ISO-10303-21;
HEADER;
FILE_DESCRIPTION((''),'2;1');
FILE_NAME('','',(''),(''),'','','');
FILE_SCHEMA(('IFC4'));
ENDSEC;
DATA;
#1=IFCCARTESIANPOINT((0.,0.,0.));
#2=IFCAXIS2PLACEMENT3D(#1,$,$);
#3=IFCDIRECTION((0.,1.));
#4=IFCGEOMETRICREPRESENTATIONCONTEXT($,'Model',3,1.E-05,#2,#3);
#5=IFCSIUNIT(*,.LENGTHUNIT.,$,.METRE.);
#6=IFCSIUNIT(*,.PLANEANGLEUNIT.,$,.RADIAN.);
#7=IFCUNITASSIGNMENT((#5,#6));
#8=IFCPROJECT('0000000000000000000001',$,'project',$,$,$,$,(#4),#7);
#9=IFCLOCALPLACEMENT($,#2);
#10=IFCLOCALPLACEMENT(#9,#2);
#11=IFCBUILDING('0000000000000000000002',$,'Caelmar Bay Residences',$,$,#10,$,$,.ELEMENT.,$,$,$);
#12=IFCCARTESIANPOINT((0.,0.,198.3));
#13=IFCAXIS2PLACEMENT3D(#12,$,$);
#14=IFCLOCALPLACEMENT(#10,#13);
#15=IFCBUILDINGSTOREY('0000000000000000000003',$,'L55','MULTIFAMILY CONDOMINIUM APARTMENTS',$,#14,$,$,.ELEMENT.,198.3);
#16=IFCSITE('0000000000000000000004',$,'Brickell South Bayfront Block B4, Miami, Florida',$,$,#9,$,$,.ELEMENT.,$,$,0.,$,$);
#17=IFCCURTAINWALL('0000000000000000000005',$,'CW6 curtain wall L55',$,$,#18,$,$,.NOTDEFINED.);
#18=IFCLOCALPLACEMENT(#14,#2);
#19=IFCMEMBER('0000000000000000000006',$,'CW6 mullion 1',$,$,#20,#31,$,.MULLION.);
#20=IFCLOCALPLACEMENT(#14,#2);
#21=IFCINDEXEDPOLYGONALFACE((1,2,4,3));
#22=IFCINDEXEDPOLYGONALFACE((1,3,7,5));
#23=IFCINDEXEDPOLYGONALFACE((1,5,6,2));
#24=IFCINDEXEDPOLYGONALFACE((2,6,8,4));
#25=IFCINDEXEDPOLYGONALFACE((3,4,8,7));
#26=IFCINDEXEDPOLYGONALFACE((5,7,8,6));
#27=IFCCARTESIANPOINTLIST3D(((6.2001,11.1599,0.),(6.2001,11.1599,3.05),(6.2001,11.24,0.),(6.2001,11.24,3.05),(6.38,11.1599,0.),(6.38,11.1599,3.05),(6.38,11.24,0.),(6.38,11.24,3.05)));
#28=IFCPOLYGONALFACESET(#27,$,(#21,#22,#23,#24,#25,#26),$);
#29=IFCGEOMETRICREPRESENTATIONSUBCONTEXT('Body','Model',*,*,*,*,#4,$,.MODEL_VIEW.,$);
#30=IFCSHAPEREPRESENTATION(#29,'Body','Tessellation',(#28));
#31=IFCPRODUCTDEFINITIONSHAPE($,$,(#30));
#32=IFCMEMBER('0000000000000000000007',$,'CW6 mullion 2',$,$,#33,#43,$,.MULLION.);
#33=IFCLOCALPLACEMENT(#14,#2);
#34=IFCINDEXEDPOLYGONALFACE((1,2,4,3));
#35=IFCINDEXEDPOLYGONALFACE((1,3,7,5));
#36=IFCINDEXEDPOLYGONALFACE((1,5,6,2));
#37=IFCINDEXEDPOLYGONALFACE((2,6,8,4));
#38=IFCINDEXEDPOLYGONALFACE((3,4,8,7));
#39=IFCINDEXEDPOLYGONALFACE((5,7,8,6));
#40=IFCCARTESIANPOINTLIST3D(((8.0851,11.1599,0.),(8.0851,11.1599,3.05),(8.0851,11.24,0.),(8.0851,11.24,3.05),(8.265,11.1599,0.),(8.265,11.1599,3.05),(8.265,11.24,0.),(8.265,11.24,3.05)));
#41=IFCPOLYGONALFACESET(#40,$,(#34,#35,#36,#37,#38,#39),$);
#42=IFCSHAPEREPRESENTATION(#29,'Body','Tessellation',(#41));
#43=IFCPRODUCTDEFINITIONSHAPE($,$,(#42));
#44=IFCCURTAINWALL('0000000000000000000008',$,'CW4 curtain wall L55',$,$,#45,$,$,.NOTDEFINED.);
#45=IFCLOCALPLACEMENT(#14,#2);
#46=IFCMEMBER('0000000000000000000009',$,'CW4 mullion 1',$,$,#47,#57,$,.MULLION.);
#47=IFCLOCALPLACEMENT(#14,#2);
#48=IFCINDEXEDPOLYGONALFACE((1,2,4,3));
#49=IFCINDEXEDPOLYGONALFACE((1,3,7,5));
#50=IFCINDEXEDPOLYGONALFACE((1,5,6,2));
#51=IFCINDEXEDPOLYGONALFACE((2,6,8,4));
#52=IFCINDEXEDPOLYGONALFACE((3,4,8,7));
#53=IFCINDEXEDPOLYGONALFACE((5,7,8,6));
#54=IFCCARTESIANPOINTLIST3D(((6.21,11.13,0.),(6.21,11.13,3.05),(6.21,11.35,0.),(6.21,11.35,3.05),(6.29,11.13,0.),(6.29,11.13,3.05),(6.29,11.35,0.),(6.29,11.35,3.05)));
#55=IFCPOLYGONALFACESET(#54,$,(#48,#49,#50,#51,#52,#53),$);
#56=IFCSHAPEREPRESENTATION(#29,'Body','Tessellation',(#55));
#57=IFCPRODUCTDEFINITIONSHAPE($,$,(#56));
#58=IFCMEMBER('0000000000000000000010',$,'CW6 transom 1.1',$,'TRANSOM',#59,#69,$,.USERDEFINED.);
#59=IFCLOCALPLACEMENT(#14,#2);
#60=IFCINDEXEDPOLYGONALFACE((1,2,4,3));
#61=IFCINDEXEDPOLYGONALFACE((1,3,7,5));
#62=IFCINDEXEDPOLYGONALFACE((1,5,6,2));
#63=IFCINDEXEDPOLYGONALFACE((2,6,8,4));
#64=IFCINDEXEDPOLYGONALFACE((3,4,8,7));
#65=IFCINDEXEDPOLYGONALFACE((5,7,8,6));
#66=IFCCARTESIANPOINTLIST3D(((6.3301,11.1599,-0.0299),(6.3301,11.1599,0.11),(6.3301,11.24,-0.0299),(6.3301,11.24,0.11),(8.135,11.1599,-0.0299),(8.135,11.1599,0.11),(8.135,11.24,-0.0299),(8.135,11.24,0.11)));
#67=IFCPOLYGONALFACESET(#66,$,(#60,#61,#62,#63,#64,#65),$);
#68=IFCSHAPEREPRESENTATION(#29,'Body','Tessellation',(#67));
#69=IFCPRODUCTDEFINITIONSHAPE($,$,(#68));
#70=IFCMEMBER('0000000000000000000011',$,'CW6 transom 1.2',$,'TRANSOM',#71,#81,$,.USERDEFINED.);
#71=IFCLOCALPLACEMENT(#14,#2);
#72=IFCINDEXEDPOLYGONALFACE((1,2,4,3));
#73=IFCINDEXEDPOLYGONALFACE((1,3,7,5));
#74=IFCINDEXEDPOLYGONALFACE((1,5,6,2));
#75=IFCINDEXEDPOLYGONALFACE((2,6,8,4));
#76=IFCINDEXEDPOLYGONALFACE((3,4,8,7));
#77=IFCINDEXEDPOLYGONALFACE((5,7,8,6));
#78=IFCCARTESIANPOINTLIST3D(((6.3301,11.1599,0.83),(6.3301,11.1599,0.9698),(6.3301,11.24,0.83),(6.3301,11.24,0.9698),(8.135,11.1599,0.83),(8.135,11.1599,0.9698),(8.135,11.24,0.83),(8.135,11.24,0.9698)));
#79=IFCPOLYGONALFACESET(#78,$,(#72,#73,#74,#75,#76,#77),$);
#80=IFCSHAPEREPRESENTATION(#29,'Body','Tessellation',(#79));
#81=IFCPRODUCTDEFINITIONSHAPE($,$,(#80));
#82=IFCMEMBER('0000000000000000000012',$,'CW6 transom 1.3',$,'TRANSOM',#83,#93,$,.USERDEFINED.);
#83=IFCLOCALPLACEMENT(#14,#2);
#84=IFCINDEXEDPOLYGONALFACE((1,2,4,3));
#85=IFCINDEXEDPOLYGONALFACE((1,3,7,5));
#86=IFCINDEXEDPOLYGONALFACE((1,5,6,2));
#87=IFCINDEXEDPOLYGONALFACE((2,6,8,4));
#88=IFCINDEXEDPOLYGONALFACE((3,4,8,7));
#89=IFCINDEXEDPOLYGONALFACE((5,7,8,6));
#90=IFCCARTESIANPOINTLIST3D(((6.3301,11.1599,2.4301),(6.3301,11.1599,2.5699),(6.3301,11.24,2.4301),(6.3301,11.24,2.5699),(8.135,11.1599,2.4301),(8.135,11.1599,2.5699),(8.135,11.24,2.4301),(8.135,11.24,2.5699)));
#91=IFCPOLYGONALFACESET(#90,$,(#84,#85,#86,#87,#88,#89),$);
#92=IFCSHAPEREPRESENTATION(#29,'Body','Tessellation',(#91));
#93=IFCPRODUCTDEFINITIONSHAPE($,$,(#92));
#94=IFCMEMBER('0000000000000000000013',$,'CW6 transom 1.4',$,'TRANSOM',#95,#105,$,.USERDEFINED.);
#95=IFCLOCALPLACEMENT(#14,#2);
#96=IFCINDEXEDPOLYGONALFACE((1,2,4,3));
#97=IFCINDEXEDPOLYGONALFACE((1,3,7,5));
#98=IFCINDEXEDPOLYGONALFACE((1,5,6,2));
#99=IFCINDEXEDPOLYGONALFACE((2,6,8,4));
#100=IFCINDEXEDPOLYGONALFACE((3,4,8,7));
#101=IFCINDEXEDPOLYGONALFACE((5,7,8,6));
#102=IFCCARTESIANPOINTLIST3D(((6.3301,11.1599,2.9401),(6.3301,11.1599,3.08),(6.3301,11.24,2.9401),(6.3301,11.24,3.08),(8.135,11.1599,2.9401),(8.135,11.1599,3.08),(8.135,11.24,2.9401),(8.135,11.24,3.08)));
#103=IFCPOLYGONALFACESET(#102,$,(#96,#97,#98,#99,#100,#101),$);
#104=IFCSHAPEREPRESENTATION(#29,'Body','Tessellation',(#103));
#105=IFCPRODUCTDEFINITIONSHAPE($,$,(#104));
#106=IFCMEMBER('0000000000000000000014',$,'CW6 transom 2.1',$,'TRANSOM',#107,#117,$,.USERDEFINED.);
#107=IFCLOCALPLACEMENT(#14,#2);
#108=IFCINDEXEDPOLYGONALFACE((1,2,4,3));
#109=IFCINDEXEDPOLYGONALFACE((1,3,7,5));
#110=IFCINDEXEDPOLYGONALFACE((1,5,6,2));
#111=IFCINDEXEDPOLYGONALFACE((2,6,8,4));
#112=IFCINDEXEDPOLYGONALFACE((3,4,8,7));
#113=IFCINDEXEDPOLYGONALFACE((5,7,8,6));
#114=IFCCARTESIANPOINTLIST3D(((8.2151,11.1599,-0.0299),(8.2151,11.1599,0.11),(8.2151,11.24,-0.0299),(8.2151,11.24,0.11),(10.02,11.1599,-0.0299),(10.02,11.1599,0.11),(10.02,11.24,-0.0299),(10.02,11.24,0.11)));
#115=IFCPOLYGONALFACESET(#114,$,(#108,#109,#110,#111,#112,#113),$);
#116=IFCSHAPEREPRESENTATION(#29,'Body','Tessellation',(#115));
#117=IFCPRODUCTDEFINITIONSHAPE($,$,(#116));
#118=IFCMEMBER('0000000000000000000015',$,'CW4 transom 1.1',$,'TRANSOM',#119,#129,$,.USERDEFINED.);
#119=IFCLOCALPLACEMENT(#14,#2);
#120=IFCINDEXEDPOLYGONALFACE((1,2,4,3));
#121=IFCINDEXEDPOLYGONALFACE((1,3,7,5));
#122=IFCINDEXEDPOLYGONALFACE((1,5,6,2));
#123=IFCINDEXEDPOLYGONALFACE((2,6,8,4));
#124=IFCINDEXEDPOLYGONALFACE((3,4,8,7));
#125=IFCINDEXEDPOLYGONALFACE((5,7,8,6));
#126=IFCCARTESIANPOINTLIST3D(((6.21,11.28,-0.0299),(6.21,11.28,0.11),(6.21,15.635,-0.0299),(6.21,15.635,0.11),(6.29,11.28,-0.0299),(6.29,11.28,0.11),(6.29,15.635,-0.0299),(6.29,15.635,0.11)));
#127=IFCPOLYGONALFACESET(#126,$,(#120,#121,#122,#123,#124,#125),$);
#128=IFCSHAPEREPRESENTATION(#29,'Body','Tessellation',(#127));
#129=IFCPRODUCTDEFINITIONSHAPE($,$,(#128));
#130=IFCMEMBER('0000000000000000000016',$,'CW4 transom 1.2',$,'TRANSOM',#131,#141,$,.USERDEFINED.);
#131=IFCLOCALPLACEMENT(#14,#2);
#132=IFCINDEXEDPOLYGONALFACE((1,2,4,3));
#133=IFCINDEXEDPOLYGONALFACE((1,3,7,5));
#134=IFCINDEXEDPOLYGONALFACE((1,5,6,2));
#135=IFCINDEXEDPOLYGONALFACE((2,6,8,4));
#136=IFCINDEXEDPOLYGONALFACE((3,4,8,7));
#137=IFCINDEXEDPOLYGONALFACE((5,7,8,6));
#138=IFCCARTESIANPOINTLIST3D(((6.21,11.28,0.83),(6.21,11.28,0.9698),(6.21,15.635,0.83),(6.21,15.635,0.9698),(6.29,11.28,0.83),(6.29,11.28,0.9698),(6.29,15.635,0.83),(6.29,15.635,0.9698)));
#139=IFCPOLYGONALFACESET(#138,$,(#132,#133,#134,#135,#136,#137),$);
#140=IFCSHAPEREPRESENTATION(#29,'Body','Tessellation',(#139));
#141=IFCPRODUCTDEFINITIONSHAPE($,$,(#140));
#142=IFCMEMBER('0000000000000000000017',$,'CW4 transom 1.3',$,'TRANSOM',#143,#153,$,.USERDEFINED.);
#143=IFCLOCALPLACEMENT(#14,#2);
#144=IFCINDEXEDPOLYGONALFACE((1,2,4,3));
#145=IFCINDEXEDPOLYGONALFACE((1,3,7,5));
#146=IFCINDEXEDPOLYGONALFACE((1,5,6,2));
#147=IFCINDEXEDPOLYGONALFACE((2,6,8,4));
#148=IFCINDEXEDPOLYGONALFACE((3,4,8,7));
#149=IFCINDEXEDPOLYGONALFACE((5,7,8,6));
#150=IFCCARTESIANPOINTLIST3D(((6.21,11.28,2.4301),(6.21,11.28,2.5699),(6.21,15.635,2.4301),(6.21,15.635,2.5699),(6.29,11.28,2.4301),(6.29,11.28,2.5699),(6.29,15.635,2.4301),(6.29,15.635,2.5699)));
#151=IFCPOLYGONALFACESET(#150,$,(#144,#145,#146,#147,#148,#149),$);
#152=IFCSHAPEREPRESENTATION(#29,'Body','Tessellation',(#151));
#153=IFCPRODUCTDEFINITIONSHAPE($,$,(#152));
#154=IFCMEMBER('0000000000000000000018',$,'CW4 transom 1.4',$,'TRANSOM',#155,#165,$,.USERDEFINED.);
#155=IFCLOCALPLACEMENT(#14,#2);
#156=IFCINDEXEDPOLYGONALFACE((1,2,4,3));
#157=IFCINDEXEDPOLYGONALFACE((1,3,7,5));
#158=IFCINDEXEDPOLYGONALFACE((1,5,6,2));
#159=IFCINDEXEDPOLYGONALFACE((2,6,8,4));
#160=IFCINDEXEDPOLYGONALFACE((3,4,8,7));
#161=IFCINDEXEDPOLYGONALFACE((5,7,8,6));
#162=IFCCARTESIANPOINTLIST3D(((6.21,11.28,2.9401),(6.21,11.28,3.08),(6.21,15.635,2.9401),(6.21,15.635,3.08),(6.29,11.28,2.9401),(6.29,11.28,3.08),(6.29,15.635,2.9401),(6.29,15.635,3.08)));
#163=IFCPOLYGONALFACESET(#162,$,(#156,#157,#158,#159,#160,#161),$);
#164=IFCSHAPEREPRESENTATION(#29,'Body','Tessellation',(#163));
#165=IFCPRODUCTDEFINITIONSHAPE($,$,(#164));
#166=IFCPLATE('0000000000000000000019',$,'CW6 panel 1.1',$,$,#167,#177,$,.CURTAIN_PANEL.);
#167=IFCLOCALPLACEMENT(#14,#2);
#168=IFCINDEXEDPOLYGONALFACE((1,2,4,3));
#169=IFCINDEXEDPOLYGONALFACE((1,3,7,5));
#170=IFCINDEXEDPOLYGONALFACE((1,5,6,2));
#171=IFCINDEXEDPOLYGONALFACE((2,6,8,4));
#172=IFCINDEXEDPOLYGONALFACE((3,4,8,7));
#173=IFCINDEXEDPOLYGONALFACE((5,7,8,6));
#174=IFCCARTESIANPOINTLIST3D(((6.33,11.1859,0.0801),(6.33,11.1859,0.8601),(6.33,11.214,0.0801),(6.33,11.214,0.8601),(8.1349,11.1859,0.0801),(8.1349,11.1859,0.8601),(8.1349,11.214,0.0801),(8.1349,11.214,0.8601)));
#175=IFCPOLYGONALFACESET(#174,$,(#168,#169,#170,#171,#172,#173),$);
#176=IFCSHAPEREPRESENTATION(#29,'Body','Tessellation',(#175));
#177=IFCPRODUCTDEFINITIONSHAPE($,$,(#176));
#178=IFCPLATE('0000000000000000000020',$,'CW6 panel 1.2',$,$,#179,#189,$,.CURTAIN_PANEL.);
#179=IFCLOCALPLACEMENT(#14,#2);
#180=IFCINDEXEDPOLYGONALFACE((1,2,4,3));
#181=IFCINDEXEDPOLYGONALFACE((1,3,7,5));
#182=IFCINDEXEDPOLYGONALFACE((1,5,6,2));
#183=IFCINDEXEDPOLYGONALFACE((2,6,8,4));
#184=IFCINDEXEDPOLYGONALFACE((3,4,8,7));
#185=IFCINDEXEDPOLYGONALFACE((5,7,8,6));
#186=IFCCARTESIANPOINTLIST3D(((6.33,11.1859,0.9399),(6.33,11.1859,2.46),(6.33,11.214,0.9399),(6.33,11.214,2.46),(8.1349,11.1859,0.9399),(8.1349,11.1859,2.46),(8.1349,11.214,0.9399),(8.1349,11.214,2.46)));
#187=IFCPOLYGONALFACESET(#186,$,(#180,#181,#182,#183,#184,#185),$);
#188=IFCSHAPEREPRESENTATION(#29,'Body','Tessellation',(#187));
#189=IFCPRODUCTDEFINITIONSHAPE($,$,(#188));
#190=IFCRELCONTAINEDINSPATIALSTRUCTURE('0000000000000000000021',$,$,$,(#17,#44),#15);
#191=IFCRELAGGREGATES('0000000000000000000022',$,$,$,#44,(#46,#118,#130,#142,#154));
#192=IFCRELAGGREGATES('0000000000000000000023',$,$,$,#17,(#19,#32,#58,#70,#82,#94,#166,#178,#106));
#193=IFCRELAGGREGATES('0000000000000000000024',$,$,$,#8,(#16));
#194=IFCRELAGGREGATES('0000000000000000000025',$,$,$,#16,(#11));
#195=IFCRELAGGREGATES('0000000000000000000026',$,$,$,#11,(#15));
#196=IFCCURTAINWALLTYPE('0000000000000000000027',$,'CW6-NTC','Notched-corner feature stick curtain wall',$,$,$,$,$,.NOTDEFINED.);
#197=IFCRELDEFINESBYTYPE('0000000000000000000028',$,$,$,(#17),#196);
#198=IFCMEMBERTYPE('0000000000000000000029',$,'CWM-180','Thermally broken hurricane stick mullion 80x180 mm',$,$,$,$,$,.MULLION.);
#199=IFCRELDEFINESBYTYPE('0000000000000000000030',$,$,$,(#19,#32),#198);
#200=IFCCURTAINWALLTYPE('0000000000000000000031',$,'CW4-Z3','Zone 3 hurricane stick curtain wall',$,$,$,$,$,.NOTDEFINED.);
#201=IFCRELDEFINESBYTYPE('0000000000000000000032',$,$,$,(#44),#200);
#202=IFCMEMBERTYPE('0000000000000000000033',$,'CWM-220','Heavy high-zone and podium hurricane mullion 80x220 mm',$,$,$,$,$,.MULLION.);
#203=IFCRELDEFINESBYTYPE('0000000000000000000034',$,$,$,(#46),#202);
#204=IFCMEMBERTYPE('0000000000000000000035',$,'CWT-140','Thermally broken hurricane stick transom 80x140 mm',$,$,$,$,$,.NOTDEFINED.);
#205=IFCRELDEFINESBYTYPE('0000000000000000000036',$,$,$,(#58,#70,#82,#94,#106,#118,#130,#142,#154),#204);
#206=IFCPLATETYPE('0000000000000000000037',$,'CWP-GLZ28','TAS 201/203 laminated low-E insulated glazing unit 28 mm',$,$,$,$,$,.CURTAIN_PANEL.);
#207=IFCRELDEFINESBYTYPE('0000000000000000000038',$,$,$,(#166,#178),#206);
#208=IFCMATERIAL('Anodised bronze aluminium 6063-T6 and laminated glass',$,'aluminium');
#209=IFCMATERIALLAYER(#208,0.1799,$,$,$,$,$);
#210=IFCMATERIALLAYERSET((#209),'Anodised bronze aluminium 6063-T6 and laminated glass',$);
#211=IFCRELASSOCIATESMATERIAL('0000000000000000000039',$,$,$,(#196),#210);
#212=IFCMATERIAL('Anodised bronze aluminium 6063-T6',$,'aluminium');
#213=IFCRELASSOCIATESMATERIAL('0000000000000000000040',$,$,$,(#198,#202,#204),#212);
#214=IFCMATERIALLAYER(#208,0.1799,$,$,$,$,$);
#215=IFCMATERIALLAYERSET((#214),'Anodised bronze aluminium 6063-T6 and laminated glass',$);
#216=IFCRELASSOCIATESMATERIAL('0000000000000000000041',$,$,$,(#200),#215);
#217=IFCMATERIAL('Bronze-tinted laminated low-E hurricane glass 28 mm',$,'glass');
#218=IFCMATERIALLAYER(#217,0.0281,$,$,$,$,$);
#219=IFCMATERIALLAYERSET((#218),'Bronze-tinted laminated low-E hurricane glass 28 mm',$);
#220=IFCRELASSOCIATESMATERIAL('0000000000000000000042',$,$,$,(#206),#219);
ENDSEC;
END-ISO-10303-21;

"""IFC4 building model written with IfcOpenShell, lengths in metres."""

from ifc_helpers import new_model, si_unit, direction, frame, origin, origin_2d, place, context, subcontext, project, spatial, rectangle, extrude, material, layer, layer_set, material_profile, profile_set, type_object, element, aggregate, save


model = new_model("IFC4")

# Units and contexts
model_context = context("Model", 3, precision=1e-05, world=origin(), true_north=direction((0.0, 1.0)))
body_context = subcontext(model_context, "Body", "Model", "MODEL_VIEW")
ifc_project = project(units=[si_unit("LENGTHUNIT", "METRE"), si_unit("PLANEANGLEUNIT", "RADIAN")], contexts=[model_context])

# Site, building, storey
site_placement = place(None, origin())
site = spatial("IfcSite", under=ifc_project, at=site_placement, Name="Brickell South Bayfront Block B4, Miami, Florida", CompositionType="ELEMENT", RefElevation=0.0)
building_placement = place(site_placement, origin())
building = spatial("IfcBuilding", under=site, at=building_placement, Name="Caelmar Bay Residences", CompositionType="ELEMENT")
storey_placement = place(building_placement, frame((0.0, 0.0, 198.3)))
storey = spatial("IfcBuildingStorey", under=building, at=storey_placement, Name="L55", Description="MULTIFAMILY CONDOMINIUM APARTMENTS", CompositionType="ELEMENT", Elevation=198.3)

# Curtain wall, members
ifc_material_1 = material(Name="Anodised bronze aluminium 6063-T6 and laminated glass", Category="aluminium")
ifc_layer_1 = layer(ifc_material_1, 0.1799)
ifc_layer_set_1 = layer_set([ifc_layer_1], Name="Anodised bronze aluminium 6063-T6 and laminated glass")
curtain_wall_type_1 = type_object("IfcCurtainWallType", Name="CW6-NTC", Description="Notched-corner feature stick curtain wall", PredefinedType="NOTDEFINED", material=ifc_layer_set_1)
curtain_wall_1_placement = place(storey_placement, origin())
curtain_wall_1 = element("IfcCurtainWall", 1, at=curtain_wall_1_placement, inside=storey, type_object=curtain_wall_type_1, Name="CW6 curtain wall L55", PredefinedType="NOTDEFINED")
ifc_material_2 = material(Name="Anodised bronze aluminium 6063-T6", Category="aluminium")
ifc_material_profile_1 = material_profile(ifc_material_2, rectangle(XDim=0.0801, YDim=0.1799, at=origin_2d()), Name="CWM-80X180")
ifc_profile_set_1 = profile_set([ifc_material_profile_1], Name="Anodised bronze aluminium 6063-T6")
member_type_1 = type_object("IfcMemberType", Name="CWM-180", Description="Thermally broken hurricane stick mullion 80x180 mm", PredefinedType="MULLION", material=ifc_profile_set_1)
member_1_placement = place(storey_placement, frame((6.29, 11.2, 0.0), z_axis=(0.0, 0.0, 1.0), x_axis=(0.0, 1.0, 0.0)))
member_1 = element("IfcMember", 2, at=member_1_placement, type_object=member_type_1, Name="CW6 mullion 1", PredefinedType="MULLION", context=body_context, shape_type="SweptSolid", body=[
    extrude(rectangle(XDim=0.0801, YDim=0.1799, at=origin_2d()), origin(), (0.0, 0.0, 1.0), 3.05),
])
member_2_placement = place(storey_placement, frame((8.175, 11.2, 0.0), z_axis=(0.0, 0.0, 1.0), x_axis=(0.0, 1.0, 0.0)))
member_2 = element("IfcMember", 3, at=member_2_placement, type_object=member_type_1, Name="CW6 mullion 2", PredefinedType="MULLION", context=body_context, shape_type="SweptSolid", body=[
    extrude(rectangle(XDim=0.0801, YDim=0.1799, at=origin_2d()), origin(), (0.0, 0.0, 1.0), 3.05),
])

# Curtain wall, member
ifc_layer_2 = layer(ifc_material_1, 0.1799)
ifc_layer_set_2 = layer_set([ifc_layer_2], Name="Anodised bronze aluminium 6063-T6 and laminated glass")
curtain_wall_type_2 = type_object("IfcCurtainWallType", Name="CW4-Z3", Description="Zone 3 hurricane stick curtain wall", PredefinedType="NOTDEFINED", material=ifc_layer_set_2)
curtain_wall_2_placement = place(storey_placement, origin())
curtain_wall_2 = element("IfcCurtainWall", 4, at=curtain_wall_2_placement, inside=storey, type_object=curtain_wall_type_2, Name="CW4 curtain wall L55", PredefinedType="NOTDEFINED")
ifc_material_profile_2 = material_profile(ifc_material_2, rectangle(XDim=0.0801, YDim=0.22, at=origin_2d()), Name="CWM-80X220")
ifc_profile_set_2 = profile_set([ifc_material_profile_2], Name="Anodised bronze aluminium 6063-T6")
member_type_2 = type_object("IfcMemberType", Name="CWM-220", Description="Heavy high-zone and podium hurricane mullion 80x220 mm", PredefinedType="MULLION", material=ifc_profile_set_2)
member_3_placement = place(storey_placement, frame((6.25, 11.24, 0.0), z_axis=(0.0, 0.0, 1.0), x_axis=(-1.0, 0.0, 0.0)))
member_3 = element("IfcMember", 5, at=member_3_placement, type_object=member_type_2, Name="CW4 mullion 1", PredefinedType="MULLION", context=body_context, shape_type="SweptSolid", body=[
    extrude(rectangle(XDim=0.0801, YDim=0.22, at=origin_2d()), origin(), (0.0, 0.0, 1.0), 3.05),
])

# Members
ifc_material_profile_3 = material_profile(ifc_material_2, rectangle(XDim=0.0801, YDim=0.1399, at=origin_2d()), Name="CWT-80X140")
ifc_profile_set_3 = profile_set([ifc_material_profile_3], Name="Anodised bronze aluminium 6063-T6")
member_type_3 = type_object("IfcMemberType", Name="CWT-140", Description="Thermally broken hurricane stick transom 80x140 mm", PredefinedType="NOTDEFINED", material=ifc_profile_set_3)
member_4_placement = place(storey_placement, frame((6.3301, 11.2, 0.04), z_axis=(1.0, 0.0, 0.0), x_axis=(0.0, 1.0, 0.0)))
member_4 = element("IfcMember", 6, at=member_4_placement, type_object=member_type_3, Name="CW6 transom 1.1", ObjectType="TRANSOM", PredefinedType="USERDEFINED", context=body_context, shape_type="SweptSolid", body=[
    extrude(rectangle(XDim=0.0801, YDim=0.1399, at=origin_2d()), origin(), (0.0, 0.0, 1.0), 1.8049),
])
member_5_placement = place(storey_placement, frame((6.3301, 11.2, 0.8999), z_axis=(1.0, 0.0, 0.0), x_axis=(0.0, 1.0, 0.0)))
member_5 = element("IfcMember", 7, at=member_5_placement, type_object=member_type_3, Name="CW6 transom 1.2", ObjectType="TRANSOM", PredefinedType="USERDEFINED", context=body_context, shape_type="SweptSolid", body=[
    extrude(rectangle(XDim=0.0801, YDim=0.1399, at=origin_2d()), origin(), (0.0, 0.0, 1.0), 1.8049),
])
member_6_placement = place(storey_placement, frame((6.3301, 11.2, 2.5), z_axis=(1.0, 0.0, 0.0), x_axis=(0.0, 1.0, 0.0)))
member_6 = element("IfcMember", 8, at=member_6_placement, type_object=member_type_3, Name="CW6 transom 1.3", ObjectType="TRANSOM", PredefinedType="USERDEFINED", context=body_context, shape_type="SweptSolid", body=[
    extrude(rectangle(XDim=0.0801, YDim=0.1399, at=origin_2d()), origin(), (0.0, 0.0, 1.0), 1.8049),
])
member_7_placement = place(storey_placement, frame((6.3301, 11.2, 3.01), z_axis=(1.0, 0.0, 0.0), x_axis=(0.0, 1.0, 0.0)))
member_7 = element("IfcMember", 9, at=member_7_placement, type_object=member_type_3, Name="CW6 transom 1.4", ObjectType="TRANSOM", PredefinedType="USERDEFINED", context=body_context, shape_type="SweptSolid", body=[
    extrude(rectangle(XDim=0.0801, YDim=0.1399, at=origin_2d()), origin(), (0.0, 0.0, 1.0), 1.8049),
])
member_8_placement = place(storey_placement, frame((8.2151, 11.2, 0.04), z_axis=(1.0, 0.0, 0.0), x_axis=(0.0, 1.0, 0.0)))
member_8 = element("IfcMember", 10, at=member_8_placement, type_object=member_type_3, Name="CW6 transom 2.1", ObjectType="TRANSOM", PredefinedType="USERDEFINED", context=body_context, shape_type="SweptSolid", body=[
    extrude(rectangle(XDim=0.0801, YDim=0.1399, at=origin_2d()), origin(), (0.0, 0.0, 1.0), 1.8049),
])
member_9_placement = place(storey_placement, frame((6.25, 11.28, 0.04), z_axis=(0.0, 1.0, 0.0), x_axis=(-1.0, 0.0, 0.0)))
member_9 = element("IfcMember", 11, at=member_9_placement, type_object=member_type_3, Name="CW4 transom 1.1", ObjectType="TRANSOM", PredefinedType="USERDEFINED", context=body_context, shape_type="SweptSolid", body=[
    extrude(rectangle(XDim=0.0801, YDim=0.1399, at=origin_2d()), origin(), (0.0, 0.0, 1.0), 4.355),
])
member_10_placement = place(storey_placement, frame((6.25, 11.28, 0.8999), z_axis=(0.0, 1.0, 0.0), x_axis=(-1.0, 0.0, 0.0)))
member_10 = element("IfcMember", 12, at=member_10_placement, type_object=member_type_3, Name="CW4 transom 1.2", ObjectType="TRANSOM", PredefinedType="USERDEFINED", context=body_context, shape_type="SweptSolid", body=[
    extrude(rectangle(XDim=0.0801, YDim=0.1399, at=origin_2d()), origin(), (0.0, 0.0, 1.0), 4.355),
])
member_11_placement = place(storey_placement, frame((6.25, 11.28, 2.5), z_axis=(0.0, 1.0, 0.0), x_axis=(-1.0, 0.0, 0.0)))
member_11 = element("IfcMember", 13, at=member_11_placement, type_object=member_type_3, Name="CW4 transom 1.3", ObjectType="TRANSOM", PredefinedType="USERDEFINED", context=body_context, shape_type="SweptSolid", body=[
    extrude(rectangle(XDim=0.0801, YDim=0.1399, at=origin_2d()), origin(), (0.0, 0.0, 1.0), 4.355),
])
member_12_placement = place(storey_placement, frame((6.25, 11.28, 3.01), z_axis=(0.0, 1.0, 0.0), x_axis=(-1.0, 0.0, 0.0)))
member_12 = element("IfcMember", 14, at=member_12_placement, type_object=member_type_3, Name="CW4 transom 1.4", ObjectType="TRANSOM", PredefinedType="USERDEFINED", context=body_context, shape_type="SweptSolid", body=[
    extrude(rectangle(XDim=0.0801, YDim=0.1399, at=origin_2d()), origin(), (0.0, 0.0, 1.0), 4.355),
])
aggregate(curtain_wall_2, [member_3, member_9, member_10, member_11, member_12])

# Plates
ifc_material_3 = material(Name="Bronze-tinted laminated low-E hurricane glass 28 mm", Category="glass")
ifc_layer_3 = layer(ifc_material_3, 0.0281)
ifc_layer_set_3 = layer_set([ifc_layer_3], Name="Bronze-tinted laminated low-E hurricane glass 28 mm")
plate_type = type_object("IfcPlateType", Name="CWP-GLZ28", Description="TAS 201/203 laminated low-E insulated glazing unit 28 mm", PredefinedType="CURTAIN_PANEL", material=ifc_layer_set_3)
plate_1_placement = place(storey_placement, frame((7.2324, 11.2, 0.0801), z_axis=(0.0, 0.0, 1.0), x_axis=(1.0, 0.0, 0.0)))
plate_1 = element("IfcPlate", 15, at=plate_1_placement, type_object=plate_type, Name="CW6 panel 1.1", PredefinedType="CURTAIN_PANEL", context=body_context, shape_type="SweptSolid", body=[
    extrude(rectangle(XDim=1.8049, YDim=0.0281, at=origin_2d()), origin(), (0.0, 0.0, 1.0), 0.78),
])
plate_2_placement = place(storey_placement, frame((7.2324, 11.2, 0.9399), z_axis=(0.0, 0.0, 1.0), x_axis=(1.0, 0.0, 0.0)))
plate_2 = element("IfcPlate", 16, at=plate_2_placement, type_object=plate_type, Name="CW6 panel 1.2", PredefinedType="CURTAIN_PANEL", context=body_context, shape_type="SweptSolid", body=[
    extrude(rectangle(XDim=1.8049, YDim=0.0281, at=origin_2d()), origin(), (0.0, 0.0, 1.0), 1.52),
])
aggregate(curtain_wall_1, [member_1, member_2, member_4, member_5, member_6, member_7, plate_1, plate_2, member_8])

save(model, "model.ifc")
